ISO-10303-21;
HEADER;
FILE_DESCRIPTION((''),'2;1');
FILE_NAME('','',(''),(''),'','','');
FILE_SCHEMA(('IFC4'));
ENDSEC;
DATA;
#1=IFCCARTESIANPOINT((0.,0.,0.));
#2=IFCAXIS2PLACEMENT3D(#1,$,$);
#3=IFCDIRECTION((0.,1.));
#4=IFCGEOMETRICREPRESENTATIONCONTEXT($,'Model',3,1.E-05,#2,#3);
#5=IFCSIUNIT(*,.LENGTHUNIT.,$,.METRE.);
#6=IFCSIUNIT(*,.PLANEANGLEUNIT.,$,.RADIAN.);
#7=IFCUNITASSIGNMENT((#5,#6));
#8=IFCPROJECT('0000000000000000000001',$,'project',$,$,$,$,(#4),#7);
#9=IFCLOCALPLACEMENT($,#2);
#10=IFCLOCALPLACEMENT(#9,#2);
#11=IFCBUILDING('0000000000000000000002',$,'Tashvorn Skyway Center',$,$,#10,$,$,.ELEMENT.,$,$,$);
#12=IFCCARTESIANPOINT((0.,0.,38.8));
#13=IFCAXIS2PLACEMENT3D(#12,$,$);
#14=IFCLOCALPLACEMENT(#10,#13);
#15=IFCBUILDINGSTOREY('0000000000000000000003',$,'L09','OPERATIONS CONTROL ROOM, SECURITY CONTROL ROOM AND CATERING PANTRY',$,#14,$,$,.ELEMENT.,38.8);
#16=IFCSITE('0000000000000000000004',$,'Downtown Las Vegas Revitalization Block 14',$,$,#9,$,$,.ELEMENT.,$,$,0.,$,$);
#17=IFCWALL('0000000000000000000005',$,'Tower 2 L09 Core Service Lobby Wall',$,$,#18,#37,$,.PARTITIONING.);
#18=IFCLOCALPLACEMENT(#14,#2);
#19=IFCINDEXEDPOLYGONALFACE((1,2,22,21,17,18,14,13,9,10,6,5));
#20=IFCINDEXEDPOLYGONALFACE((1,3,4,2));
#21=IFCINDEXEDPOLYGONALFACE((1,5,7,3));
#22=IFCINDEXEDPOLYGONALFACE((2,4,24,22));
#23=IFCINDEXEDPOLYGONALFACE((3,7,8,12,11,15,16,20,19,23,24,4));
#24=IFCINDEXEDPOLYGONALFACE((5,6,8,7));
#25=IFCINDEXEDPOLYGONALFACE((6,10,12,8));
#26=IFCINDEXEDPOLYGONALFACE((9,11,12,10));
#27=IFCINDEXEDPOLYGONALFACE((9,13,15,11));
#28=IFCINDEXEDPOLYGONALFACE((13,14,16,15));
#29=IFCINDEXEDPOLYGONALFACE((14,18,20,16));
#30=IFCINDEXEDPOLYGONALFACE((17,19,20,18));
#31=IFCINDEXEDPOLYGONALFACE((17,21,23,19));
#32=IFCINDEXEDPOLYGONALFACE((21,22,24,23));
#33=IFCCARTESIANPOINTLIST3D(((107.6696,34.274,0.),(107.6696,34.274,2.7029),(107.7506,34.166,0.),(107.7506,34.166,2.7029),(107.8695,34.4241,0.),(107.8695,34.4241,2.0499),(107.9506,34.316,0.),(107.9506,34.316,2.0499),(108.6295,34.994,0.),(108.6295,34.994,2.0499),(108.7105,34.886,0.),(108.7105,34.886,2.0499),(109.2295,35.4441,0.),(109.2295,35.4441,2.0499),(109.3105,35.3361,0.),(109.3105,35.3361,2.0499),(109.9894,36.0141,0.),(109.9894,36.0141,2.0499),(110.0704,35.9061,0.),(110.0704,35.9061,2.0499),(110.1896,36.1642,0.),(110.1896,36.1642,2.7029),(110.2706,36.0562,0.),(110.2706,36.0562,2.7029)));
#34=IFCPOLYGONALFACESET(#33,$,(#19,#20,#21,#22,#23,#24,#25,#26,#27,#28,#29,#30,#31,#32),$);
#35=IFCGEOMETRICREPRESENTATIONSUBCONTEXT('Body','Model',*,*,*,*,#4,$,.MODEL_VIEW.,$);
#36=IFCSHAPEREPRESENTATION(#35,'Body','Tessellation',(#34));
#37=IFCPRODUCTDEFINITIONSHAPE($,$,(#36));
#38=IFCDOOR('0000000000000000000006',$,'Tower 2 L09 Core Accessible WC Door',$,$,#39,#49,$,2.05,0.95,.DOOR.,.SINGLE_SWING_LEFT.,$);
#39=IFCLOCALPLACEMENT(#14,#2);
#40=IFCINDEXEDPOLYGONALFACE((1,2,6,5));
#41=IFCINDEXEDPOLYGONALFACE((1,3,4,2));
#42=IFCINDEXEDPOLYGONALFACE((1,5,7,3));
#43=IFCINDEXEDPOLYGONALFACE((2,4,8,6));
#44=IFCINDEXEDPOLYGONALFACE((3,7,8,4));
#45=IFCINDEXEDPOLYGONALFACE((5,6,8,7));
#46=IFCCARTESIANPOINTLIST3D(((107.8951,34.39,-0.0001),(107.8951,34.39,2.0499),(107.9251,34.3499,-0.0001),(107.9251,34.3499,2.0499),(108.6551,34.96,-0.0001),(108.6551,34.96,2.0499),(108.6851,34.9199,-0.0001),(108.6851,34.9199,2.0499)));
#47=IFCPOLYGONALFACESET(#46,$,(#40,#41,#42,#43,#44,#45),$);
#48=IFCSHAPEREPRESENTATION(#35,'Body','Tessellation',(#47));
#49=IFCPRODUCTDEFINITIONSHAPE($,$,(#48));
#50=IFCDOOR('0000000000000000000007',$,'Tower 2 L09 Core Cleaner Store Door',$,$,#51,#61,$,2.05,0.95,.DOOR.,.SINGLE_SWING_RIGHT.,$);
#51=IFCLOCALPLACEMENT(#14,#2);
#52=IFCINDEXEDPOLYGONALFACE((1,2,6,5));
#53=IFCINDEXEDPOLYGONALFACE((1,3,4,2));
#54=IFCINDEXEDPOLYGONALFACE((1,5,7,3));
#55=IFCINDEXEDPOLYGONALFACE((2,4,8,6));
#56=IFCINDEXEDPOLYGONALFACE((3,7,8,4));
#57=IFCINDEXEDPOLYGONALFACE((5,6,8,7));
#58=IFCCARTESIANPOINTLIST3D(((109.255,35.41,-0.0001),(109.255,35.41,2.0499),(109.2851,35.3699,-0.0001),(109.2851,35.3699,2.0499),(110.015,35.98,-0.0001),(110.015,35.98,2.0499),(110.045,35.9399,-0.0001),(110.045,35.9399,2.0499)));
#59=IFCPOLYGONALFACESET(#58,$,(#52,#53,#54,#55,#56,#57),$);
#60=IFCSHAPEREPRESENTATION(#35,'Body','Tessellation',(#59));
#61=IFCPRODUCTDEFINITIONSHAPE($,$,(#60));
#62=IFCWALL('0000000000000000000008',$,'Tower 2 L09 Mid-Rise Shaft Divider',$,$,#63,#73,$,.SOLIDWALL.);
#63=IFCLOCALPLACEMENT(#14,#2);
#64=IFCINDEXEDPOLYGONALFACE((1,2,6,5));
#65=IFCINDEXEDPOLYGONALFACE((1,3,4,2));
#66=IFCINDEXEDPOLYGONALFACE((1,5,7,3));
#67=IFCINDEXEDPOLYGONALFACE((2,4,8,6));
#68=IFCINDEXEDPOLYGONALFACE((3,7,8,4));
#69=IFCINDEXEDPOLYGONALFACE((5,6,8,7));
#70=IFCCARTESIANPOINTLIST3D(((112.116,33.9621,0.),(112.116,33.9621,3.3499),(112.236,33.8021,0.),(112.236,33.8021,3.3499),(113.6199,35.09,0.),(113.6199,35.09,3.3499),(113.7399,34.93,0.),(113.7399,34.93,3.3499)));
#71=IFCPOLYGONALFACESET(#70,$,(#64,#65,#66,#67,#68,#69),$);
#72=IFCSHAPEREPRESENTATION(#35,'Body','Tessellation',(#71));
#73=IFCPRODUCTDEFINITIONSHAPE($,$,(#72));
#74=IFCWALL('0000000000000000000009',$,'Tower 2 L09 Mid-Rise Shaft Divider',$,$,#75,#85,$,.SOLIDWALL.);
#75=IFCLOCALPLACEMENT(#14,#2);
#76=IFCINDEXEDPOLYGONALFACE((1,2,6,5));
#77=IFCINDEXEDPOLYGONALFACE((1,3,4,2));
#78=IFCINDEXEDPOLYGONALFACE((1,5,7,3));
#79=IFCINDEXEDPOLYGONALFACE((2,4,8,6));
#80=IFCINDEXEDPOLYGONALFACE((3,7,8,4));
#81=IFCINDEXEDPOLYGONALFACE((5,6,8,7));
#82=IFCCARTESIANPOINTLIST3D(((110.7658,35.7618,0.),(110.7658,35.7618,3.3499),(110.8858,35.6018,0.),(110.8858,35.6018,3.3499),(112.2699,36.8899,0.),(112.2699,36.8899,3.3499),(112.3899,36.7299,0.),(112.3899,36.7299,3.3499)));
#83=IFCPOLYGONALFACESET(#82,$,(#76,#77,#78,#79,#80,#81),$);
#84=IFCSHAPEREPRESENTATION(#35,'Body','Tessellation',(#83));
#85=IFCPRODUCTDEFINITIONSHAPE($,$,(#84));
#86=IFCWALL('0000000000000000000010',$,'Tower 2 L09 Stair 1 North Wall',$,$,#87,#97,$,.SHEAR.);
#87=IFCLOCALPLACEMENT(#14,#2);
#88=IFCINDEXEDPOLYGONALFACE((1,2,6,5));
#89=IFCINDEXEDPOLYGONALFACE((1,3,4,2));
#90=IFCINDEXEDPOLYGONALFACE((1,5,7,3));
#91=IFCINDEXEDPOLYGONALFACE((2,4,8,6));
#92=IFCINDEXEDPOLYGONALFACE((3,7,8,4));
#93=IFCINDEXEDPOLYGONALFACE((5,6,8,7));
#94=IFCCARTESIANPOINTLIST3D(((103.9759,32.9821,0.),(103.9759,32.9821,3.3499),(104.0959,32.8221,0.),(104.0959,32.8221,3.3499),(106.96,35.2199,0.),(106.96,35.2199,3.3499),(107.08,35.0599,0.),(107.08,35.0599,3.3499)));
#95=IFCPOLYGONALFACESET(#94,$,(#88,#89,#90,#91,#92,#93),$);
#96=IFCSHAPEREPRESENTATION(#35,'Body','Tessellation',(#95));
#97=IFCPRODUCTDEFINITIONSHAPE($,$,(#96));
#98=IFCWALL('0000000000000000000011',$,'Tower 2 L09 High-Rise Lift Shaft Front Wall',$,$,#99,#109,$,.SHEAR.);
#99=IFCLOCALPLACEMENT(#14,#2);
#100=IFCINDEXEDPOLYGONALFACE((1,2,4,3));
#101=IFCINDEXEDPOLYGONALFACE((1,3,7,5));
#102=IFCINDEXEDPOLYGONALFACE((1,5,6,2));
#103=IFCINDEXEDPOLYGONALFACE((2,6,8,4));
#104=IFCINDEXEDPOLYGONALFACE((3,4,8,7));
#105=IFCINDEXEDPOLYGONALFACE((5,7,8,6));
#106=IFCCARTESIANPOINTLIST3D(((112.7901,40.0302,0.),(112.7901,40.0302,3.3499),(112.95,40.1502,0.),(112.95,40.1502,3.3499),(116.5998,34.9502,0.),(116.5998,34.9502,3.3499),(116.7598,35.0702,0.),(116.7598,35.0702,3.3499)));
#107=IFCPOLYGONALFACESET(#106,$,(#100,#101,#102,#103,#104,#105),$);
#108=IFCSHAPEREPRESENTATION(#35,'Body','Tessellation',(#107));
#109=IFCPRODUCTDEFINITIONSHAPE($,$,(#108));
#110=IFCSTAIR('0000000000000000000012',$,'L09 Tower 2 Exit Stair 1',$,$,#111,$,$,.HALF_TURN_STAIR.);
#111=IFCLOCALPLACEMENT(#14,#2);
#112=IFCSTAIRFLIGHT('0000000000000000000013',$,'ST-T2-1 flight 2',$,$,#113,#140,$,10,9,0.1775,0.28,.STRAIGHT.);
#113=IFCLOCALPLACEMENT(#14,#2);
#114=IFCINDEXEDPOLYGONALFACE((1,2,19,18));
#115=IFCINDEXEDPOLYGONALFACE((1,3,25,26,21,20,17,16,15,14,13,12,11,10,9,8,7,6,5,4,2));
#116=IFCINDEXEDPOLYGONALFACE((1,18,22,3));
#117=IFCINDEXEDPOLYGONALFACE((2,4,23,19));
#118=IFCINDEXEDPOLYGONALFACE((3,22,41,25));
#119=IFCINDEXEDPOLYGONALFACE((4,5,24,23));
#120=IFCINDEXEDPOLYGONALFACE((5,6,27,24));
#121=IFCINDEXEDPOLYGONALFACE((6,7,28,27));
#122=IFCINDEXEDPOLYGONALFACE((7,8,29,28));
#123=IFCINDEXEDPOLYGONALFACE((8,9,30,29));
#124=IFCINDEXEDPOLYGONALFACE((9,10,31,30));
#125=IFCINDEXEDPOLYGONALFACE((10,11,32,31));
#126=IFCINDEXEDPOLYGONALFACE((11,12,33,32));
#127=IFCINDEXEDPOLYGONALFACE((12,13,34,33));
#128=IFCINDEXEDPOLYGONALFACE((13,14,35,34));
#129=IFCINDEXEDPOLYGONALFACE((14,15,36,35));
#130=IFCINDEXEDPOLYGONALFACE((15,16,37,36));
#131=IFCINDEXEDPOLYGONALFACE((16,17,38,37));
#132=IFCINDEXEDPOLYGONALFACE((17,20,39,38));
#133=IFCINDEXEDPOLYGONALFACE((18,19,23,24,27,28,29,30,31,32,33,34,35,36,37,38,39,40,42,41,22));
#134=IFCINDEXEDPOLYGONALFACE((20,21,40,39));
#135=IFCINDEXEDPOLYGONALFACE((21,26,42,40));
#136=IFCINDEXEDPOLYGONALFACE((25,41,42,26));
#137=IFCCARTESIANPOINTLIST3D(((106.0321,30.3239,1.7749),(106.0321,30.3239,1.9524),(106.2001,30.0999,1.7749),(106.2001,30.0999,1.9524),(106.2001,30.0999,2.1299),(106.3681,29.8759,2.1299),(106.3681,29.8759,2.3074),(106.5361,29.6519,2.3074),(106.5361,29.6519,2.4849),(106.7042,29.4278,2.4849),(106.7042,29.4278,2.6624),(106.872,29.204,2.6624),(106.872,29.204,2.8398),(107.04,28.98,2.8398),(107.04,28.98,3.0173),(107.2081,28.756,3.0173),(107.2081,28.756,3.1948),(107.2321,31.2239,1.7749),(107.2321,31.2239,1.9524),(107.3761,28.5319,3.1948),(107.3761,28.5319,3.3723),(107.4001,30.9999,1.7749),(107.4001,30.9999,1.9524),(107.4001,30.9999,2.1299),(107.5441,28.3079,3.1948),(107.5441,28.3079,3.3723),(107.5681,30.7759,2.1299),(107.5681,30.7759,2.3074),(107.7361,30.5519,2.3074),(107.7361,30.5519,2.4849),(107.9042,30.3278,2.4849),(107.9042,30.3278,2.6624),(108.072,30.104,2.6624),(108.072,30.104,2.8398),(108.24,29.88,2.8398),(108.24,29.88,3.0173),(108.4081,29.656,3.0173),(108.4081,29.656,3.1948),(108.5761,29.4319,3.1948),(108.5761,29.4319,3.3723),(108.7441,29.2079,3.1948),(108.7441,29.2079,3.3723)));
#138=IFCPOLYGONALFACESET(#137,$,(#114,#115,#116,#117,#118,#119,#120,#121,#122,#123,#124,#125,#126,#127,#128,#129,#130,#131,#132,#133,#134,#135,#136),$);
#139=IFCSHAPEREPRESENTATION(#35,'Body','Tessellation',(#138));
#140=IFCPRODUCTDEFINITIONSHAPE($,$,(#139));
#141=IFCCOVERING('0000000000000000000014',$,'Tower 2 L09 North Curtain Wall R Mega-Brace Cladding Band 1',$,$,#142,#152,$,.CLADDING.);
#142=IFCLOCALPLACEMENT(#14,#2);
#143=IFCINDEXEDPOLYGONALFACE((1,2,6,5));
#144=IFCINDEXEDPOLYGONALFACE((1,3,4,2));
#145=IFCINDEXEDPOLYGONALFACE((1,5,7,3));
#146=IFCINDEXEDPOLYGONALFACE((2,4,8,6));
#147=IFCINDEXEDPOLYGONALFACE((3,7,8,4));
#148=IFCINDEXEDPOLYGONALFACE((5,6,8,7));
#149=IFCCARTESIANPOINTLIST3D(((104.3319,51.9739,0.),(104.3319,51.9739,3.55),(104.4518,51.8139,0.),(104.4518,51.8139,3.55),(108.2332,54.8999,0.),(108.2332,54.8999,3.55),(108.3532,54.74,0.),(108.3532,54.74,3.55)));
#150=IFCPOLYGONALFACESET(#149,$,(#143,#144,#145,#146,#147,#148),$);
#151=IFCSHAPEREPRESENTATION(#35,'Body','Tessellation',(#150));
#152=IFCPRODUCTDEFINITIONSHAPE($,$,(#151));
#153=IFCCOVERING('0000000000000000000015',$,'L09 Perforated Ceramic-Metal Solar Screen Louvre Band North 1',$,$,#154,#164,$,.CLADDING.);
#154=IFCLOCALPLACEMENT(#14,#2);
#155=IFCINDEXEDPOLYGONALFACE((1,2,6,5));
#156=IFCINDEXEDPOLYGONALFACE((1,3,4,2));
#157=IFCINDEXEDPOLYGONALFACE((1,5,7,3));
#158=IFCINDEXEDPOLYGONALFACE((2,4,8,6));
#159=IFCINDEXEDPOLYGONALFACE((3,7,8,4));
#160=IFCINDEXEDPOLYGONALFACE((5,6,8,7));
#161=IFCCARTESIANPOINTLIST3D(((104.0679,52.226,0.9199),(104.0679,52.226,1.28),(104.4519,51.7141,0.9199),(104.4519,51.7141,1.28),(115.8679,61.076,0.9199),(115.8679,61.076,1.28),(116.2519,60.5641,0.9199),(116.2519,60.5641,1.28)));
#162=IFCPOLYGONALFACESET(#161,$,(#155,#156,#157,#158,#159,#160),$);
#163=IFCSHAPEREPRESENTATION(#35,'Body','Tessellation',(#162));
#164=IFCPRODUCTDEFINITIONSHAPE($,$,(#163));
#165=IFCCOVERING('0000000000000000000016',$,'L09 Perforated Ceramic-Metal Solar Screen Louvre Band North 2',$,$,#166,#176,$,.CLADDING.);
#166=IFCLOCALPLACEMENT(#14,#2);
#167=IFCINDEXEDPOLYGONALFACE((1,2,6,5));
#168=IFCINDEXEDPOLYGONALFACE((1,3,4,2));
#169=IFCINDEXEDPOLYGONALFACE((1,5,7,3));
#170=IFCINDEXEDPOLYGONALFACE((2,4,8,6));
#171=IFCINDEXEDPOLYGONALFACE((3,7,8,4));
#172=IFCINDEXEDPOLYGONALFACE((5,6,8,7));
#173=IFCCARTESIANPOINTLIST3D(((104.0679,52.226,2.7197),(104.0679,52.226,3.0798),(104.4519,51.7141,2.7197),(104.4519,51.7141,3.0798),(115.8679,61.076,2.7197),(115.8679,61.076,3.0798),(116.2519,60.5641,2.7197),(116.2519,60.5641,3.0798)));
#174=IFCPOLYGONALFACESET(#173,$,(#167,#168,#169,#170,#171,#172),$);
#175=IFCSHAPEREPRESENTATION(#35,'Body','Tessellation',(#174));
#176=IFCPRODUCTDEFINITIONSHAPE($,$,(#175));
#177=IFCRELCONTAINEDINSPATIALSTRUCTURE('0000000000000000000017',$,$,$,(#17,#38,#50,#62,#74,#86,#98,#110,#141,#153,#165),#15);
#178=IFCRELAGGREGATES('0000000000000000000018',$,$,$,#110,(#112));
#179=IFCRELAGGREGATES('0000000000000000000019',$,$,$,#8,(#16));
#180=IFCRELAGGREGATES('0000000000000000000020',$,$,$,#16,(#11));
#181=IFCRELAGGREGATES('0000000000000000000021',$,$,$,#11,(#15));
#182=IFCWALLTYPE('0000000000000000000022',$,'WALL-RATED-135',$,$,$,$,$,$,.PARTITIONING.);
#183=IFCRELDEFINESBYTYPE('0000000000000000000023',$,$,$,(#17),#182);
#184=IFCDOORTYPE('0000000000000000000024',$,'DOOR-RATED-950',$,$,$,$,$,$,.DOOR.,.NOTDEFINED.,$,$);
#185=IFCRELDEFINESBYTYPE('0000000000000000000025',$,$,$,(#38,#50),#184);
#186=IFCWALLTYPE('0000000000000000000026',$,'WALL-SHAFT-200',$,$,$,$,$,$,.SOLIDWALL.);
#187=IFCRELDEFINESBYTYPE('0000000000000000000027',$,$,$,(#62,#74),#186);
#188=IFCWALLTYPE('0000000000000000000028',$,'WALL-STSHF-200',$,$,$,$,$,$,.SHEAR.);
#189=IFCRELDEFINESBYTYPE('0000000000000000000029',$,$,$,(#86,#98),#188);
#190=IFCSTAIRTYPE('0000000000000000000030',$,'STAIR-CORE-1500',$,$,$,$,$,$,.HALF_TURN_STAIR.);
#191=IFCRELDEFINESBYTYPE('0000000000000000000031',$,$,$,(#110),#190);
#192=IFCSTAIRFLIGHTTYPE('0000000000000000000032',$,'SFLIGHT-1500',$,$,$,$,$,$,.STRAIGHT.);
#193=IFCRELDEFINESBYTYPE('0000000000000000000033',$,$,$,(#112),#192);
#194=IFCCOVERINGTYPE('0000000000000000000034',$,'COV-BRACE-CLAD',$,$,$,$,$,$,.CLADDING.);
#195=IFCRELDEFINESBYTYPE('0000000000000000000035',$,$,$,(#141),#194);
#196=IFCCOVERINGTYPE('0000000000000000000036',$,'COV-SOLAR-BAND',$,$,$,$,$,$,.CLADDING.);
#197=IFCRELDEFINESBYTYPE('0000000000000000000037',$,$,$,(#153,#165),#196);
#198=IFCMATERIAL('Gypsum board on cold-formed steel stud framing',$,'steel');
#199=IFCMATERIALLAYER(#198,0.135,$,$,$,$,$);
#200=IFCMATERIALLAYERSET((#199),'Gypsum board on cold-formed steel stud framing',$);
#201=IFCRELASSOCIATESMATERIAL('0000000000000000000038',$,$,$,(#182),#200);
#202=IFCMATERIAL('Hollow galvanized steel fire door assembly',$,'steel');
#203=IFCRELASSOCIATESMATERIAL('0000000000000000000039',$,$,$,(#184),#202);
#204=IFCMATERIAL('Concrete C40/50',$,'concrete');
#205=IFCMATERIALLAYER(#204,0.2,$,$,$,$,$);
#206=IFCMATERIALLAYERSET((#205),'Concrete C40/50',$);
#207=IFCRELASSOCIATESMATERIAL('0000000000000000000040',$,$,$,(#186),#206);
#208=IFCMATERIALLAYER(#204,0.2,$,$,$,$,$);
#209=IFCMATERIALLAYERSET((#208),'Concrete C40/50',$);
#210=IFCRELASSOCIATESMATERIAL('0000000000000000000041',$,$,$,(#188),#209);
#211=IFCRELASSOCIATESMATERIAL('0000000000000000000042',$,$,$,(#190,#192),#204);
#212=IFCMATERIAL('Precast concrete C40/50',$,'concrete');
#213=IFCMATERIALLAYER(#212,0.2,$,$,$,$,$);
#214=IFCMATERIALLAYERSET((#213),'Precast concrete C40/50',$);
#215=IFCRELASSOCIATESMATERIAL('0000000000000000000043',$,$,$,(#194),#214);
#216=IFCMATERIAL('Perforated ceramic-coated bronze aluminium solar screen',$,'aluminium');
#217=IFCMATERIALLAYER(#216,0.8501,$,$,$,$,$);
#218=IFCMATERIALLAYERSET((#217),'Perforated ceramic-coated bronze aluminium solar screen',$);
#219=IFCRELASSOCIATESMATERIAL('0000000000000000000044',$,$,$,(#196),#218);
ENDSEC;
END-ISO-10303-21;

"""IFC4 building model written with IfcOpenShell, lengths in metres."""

from ifc_helpers import new_model, si_unit, direction, frame, frame_2d, origin, origin_2d, place, context, subcontext, project, spatial, polyline, rectangle, outline, extrude, material, layer, layer_set, type_object, element, fill, aggregate, save


model = new_model("IFC4")

# Units and contexts
model_context = context("Model", 3, precision=1e-05, world=origin(), true_north=direction((0.0, 1.0)))
body_context = subcontext(model_context, "Body", "Model", "MODEL_VIEW")
ifc_project = project(units=[si_unit("LENGTHUNIT", "METRE"), si_unit("PLANEANGLEUNIT", "RADIAN")], contexts=[model_context])

# Site, building, storey
site_placement = place(None, origin())
site = spatial("IfcSite", under=ifc_project, at=site_placement, Name="Downtown Las Vegas Revitalization Block 14", CompositionType="ELEMENT", RefElevation=0.0)
building_placement = place(site_placement, origin())
building = spatial("IfcBuilding", under=site, at=building_placement, Name="Tashvorn Skyway Center", CompositionType="ELEMENT")
storey_placement = place(building_placement, frame((0.0, 0.0, 38.8)))
storey = spatial("IfcBuildingStorey", under=building, at=storey_placement, Name="L09", Description="OPERATIONS CONTROL ROOM, SECURITY CONTROL ROOM AND CATERING PANTRY", CompositionType="ELEMENT", Elevation=38.8)

# Shared definitions
ifc_material_1 = material(Name="Hollow galvanized steel fire door assembly", Category="steel")

# Shared definitions
ifc_material_2 = material(Name="Concrete C40/50", Category="concrete")
ifc_material_3 = material(Name="Gypsum board on cold-formed steel stud framing", Category="steel")

# Wall, openings, doors
ifc_layer_1 = layer(ifc_material_3, 0.135)
ifc_layer_set_1 = layer_set([ifc_layer_1], Name="Gypsum board on cold-formed steel stud framing")
wall_type_1 = type_object("IfcWallType", Name="WALL-RATED-135", PredefinedType="PARTITIONING", material=ifc_layer_set_1)
wall_1_placement = place(storey_placement, frame((107.71, 34.22, 0.0), z_axis=(0.0, 0.0, 1.0), x_axis=(0.799981, 0.600025, 0.0)))
wall_1 = element("IfcWall", 1, at=wall_1_placement, inside=storey, type_object=wall_type_1, Name="Tower 2 L09 Core Service Lobby Wall", PredefinedType="PARTITIONING", context=body_context, shape_type="SweptSolid", body=[
    extrude(rectangle(XDim=3.1501, YDim=0.135, at=frame_2d((1.5752, 0.0))), origin(), (0.0, 0.0, 1.0), 2.7029),
])
opening_1_placement = place(wall_1_placement, frame((0.25, 0.0, 0.0)))
opening_1 = element("IfcOpeningElement", 2, at=opening_1_placement, cuts=wall_1, PredefinedType="OPENING", context=body_context, shape_type="SweptSolid", body=[
    extrude(rectangle(XDim=0.95, YDim=2.05, at=frame_2d((0.4751, 1.0249))), frame((0.0, 0.0774, 0.0), z_axis=(0.0, -1.0, 0.0), x_axis=(1.0, 0.0, 0.0)), (0.0, 0.0, 1.0), 0.155),
])
opening_2_placement = place(wall_1_placement, frame((1.95, 0.0, 0.0)))
opening_2 = element("IfcOpeningElement", 3, at=opening_2_placement, cuts=wall_1, PredefinedType="OPENING", context=body_context, shape_type="SweptSolid", body=[
    extrude(rectangle(XDim=0.95, YDim=2.05, at=frame_2d((0.4751, 1.0249))), frame((0.0, 0.0774, 0.0), z_axis=(0.0, -1.0, 0.0), x_axis=(1.0, 0.0, 0.0)), (0.0, 0.0, 1.0), 0.155),
])
door_type_1 = type_object("IfcDoorType", Name="DOOR-RATED-950", OperationType="NOTDEFINED", PredefinedType="DOOR", material=ifc_material_1)
door_1_placement = place(opening_1_placement, origin())
door_1 = element("IfcDoor", 4, at=door_1_placement, inside=storey, type_object=door_type_1, Name="Tower 2 L09 Core Accessible WC Door", OperationType="SINGLE_SWING_LEFT", OverallHeight=2.05, OverallWidth=0.95, PredefinedType="DOOR", context=body_context, shape_type="SweptSolid", body=[
    extrude(rectangle(XDim=0.95, YDim=2.05, at=frame_2d((0.4751, 1.0249))), frame((0.0, 0.0249, 0.0), z_axis=(0.0, -1.0, 0.0), x_axis=(1.0, 0.0, 0.0)), (0.0, 0.0, 1.0), 0.05),
])
fill(opening_1, door_1)
door_2_placement = place(opening_2_placement, origin())
door_2 = element("IfcDoor", 5, at=door_2_placement, inside=storey, type_object=door_type_1, Name="Tower 2 L09 Core Cleaner Store Door", OperationType="SINGLE_SWING_RIGHT", OverallHeight=2.05, OverallWidth=0.95, PredefinedType="DOOR", context=body_context, shape_type="SweptSolid", body=[
    extrude(rectangle(XDim=0.95, YDim=2.05, at=frame_2d((0.4751, 1.0249))), frame((0.0, 0.0249, 0.0), z_axis=(0.0, -1.0, 0.0), x_axis=(1.0, 0.0, 0.0)), (0.0, 0.0, 1.0), 0.05),
])
fill(opening_2, door_2)

# Walls
ifc_layer_2 = layer(ifc_material_2, 0.2)
ifc_layer_set_2 = layer_set([ifc_layer_2], Name="Concrete C40/50")
wall_type_2 = type_object("IfcWallType", Name="WALL-SHAFT-200", PredefinedType="SOLIDWALL", material=ifc_layer_set_2)
wall_2_placement = place(storey_placement, frame((112.176, 33.8821, 0.0), z_axis=(0.0, 0.0, 1.0), x_axis=(0.8, 0.6, 0.0)))
element("IfcWall", 6, at=wall_2_placement, inside=storey, type_object=wall_type_2, Name="Tower 2 L09 Mid-Rise Shaft Divider", PredefinedType="SOLIDWALL", context=body_context, shape_type="SweptSolid", body=[
    extrude(rectangle(XDim=1.8799, YDim=0.2, at=frame_2d((0.9399, 0.0))), origin(), (0.0, 0.0, 1.0), 3.3499),
])
wall_3_placement = place(storey_placement, frame((110.8259, 35.6819, 0.0), z_axis=(0.0, 0.0, 1.0), x_axis=(0.799984, 0.600021, 0.0)))
element("IfcWall", 7, at=wall_3_placement, inside=storey, type_object=wall_type_2, Name="Tower 2 L09 Mid-Rise Shaft Divider", PredefinedType="SOLIDWALL", context=body_context, shape_type="SweptSolid", body=[
    extrude(rectangle(XDim=1.8801, YDim=0.2, at=frame_2d((0.9399, 0.0))), origin(), (0.0, 0.0, 1.0), 3.3499),
])
ifc_layer_3 = layer(ifc_material_2, 0.2)
ifc_layer_set_3 = layer_set([ifc_layer_3], Name="Concrete C40/50")
wall_type_3 = type_object("IfcWallType", Name="WALL-STSHF-200", PredefinedType="SHEAR", material=ifc_layer_set_3)
wall_4_placement = place(storey_placement, frame((104.0359, 32.9021, 0.0), z_axis=(0.0, 0.0, 1.0), x_axis=(0.800039, 0.599948, 0.0)))
element("IfcWall", 8, at=wall_4_placement, inside=storey, type_object=wall_type_3, Name="Tower 2 L09 Stair 1 North Wall", PredefinedType="SHEAR", context=body_context, shape_type="SweptSolid", body=[
    extrude(rectangle(XDim=3.73, YDim=0.2, at=frame_2d((1.865, 0.0))), origin(), (0.0, 0.0, 1.0), 3.3499),
])
wall_5_placement = place(storey_placement, frame((112.8701, 40.0901, 0.0), z_axis=(0.0, 0.0, 1.0), x_axis=(0.599975, -0.800018, 0.0)))
element("IfcWall", 9, at=wall_5_placement, inside=storey, type_object=wall_type_3, Name="Tower 2 L09 High-Rise Lift Shaft Front Wall", PredefinedType="SHEAR", context=body_context, shape_type="SweptSolid", body=[
    extrude(rectangle(XDim=6.3499, YDim=0.2, at=frame_2d((3.1748, 0.0))), origin(), (0.0, 0.0, 1.0), 3.3499),
])

# Stair, stair flight
stair_type = type_object("IfcStairType", Name="STAIR-CORE-1500", PredefinedType="HALF_TURN_STAIR", material=ifc_material_2)
stair_placement = place(storey_placement, origin())
stair = element("IfcStair", 10, at=stair_placement, inside=storey, type_object=stair_type, Name="L09 Tower 2 Exit Stair 1", PredefinedType="HALF_TURN_STAIR")
stair_flight_type = type_object("IfcStairFlightType", Name="SFLIGHT-1500", PredefinedType="STRAIGHT", material=ifc_material_2)
stair_flight_placement = place(storey_placement, frame((106.6321, 30.7739, 1.7749), z_axis=(0.0, 0.0, 1.0), x_axis=(0.6, -0.8, 0.0)))
stair_flight = element("IfcStairFlight", 11, at=stair_flight_placement, type_object=stair_flight_type, Name="ST-T2-1 flight 2", NumberOfRisers=10, NumberOfTreads=9, PredefinedType="STRAIGHT", RiserHeight=0.1775, TreadLength=0.28, context=body_context, shape_type="SweptSolid", body=[
    extrude(outline(polyline([(0.0, 0.0), (0.0, 0.1775), (0.28, 0.1775), (0.28, 0.355), (0.5601, 0.355), (0.5601, 0.5325), (0.8401, 0.5325), (0.8401, 0.71), (1.1201, 0.71), (1.1201, 0.8875), (1.3999, 0.8875), (1.3999, 1.0649), (1.6799, 1.0649), (1.6799, 1.2424), (1.96, 1.2424), (1.96, 1.4199), (2.24, 1.4199), (2.24, 1.5974), (2.52, 1.5974), (2.52, 1.7749), (2.52, 1.4199), (0.28, 0.0), (0.0, 0.0)])), frame((0.0, 0.75, 0.0), z_axis=(0.0, -1.0, 0.0), x_axis=(1.0, 0.0, 0.0)), (0.0, 0.0, 1.0), 1.5),
])
aggregate(stair, [stair_flight])

# Coverings
ifc_material_4 = material(Name="Precast concrete C40/50", Category="concrete")
ifc_layer_4 = layer(ifc_material_4, 0.2)
ifc_layer_set_4 = layer_set([ifc_layer_4], Name="Precast concrete C40/50")
covering_type_1 = type_object("IfcCoveringType", Name="COV-BRACE-CLAD", PredefinedType="CLADDING", material=ifc_layer_set_4)
covering_1_placement = place(storey_placement, frame((106.3425, 53.3569, 0.0), z_axis=(0.0, 0.0, 1.0), x_axis=(0.8, 0.6, 0.0)))
element("IfcCovering", 12, at=covering_1_placement, inside=storey, type_object=covering_type_1, Name="Tower 2 L09 North Curtain Wall R Mega-Brace Cladding Band 1", PredefinedType="CLADDING", context=body_context, shape_type="SweptSolid", body=[
    extrude(rectangle(XDim=4.8767, YDim=0.2, at=origin_2d()), origin(), (0.0, 0.0, 1.0), 3.55),
])
ifc_material_5 = material(Name="Perforated ceramic-coated bronze aluminium solar screen", Category="aluminium")
ifc_layer_5 = layer(ifc_material_5, 0.8501)
ifc_layer_set_5 = layer_set([ifc_layer_5], Name="Perforated ceramic-coated bronze aluminium solar screen")
covering_type_2 = type_object("IfcCoveringType", Name="COV-SOLAR-BAND", PredefinedType="CLADDING", material=ifc_layer_set_5)
for number, where, z_axis, x_axis, name in (
    (13, (110.1599, 56.395, 0.9199), (0.0, 0.0, 1.0), (0.8, 0.6, 0.0), "L09 Perforated Ceramic-Metal Solar Screen Louvre Band North 1"),
    (14, (110.1599, 56.395, 2.7197), (0.0, 0.0, 1.0), (0.8, 0.6, 0.0), "L09 Perforated Ceramic-Metal Solar Screen Louvre Band North 2"),
):
    element("IfcCovering", number, at=place(storey_placement, frame(where, z_axis=z_axis, x_axis=x_axis)), inside=storey, type_object=covering_type_2, Name=name, PredefinedType="CLADDING", context=body_context, shape_type="SweptSolid", body=[
        extrude(rectangle(XDim=14.75, YDim=0.6399, at=origin_2d()), origin(), (0.0, 0.0, 1.0), 0.3601),
    ])

save(model, "model.ifc")
